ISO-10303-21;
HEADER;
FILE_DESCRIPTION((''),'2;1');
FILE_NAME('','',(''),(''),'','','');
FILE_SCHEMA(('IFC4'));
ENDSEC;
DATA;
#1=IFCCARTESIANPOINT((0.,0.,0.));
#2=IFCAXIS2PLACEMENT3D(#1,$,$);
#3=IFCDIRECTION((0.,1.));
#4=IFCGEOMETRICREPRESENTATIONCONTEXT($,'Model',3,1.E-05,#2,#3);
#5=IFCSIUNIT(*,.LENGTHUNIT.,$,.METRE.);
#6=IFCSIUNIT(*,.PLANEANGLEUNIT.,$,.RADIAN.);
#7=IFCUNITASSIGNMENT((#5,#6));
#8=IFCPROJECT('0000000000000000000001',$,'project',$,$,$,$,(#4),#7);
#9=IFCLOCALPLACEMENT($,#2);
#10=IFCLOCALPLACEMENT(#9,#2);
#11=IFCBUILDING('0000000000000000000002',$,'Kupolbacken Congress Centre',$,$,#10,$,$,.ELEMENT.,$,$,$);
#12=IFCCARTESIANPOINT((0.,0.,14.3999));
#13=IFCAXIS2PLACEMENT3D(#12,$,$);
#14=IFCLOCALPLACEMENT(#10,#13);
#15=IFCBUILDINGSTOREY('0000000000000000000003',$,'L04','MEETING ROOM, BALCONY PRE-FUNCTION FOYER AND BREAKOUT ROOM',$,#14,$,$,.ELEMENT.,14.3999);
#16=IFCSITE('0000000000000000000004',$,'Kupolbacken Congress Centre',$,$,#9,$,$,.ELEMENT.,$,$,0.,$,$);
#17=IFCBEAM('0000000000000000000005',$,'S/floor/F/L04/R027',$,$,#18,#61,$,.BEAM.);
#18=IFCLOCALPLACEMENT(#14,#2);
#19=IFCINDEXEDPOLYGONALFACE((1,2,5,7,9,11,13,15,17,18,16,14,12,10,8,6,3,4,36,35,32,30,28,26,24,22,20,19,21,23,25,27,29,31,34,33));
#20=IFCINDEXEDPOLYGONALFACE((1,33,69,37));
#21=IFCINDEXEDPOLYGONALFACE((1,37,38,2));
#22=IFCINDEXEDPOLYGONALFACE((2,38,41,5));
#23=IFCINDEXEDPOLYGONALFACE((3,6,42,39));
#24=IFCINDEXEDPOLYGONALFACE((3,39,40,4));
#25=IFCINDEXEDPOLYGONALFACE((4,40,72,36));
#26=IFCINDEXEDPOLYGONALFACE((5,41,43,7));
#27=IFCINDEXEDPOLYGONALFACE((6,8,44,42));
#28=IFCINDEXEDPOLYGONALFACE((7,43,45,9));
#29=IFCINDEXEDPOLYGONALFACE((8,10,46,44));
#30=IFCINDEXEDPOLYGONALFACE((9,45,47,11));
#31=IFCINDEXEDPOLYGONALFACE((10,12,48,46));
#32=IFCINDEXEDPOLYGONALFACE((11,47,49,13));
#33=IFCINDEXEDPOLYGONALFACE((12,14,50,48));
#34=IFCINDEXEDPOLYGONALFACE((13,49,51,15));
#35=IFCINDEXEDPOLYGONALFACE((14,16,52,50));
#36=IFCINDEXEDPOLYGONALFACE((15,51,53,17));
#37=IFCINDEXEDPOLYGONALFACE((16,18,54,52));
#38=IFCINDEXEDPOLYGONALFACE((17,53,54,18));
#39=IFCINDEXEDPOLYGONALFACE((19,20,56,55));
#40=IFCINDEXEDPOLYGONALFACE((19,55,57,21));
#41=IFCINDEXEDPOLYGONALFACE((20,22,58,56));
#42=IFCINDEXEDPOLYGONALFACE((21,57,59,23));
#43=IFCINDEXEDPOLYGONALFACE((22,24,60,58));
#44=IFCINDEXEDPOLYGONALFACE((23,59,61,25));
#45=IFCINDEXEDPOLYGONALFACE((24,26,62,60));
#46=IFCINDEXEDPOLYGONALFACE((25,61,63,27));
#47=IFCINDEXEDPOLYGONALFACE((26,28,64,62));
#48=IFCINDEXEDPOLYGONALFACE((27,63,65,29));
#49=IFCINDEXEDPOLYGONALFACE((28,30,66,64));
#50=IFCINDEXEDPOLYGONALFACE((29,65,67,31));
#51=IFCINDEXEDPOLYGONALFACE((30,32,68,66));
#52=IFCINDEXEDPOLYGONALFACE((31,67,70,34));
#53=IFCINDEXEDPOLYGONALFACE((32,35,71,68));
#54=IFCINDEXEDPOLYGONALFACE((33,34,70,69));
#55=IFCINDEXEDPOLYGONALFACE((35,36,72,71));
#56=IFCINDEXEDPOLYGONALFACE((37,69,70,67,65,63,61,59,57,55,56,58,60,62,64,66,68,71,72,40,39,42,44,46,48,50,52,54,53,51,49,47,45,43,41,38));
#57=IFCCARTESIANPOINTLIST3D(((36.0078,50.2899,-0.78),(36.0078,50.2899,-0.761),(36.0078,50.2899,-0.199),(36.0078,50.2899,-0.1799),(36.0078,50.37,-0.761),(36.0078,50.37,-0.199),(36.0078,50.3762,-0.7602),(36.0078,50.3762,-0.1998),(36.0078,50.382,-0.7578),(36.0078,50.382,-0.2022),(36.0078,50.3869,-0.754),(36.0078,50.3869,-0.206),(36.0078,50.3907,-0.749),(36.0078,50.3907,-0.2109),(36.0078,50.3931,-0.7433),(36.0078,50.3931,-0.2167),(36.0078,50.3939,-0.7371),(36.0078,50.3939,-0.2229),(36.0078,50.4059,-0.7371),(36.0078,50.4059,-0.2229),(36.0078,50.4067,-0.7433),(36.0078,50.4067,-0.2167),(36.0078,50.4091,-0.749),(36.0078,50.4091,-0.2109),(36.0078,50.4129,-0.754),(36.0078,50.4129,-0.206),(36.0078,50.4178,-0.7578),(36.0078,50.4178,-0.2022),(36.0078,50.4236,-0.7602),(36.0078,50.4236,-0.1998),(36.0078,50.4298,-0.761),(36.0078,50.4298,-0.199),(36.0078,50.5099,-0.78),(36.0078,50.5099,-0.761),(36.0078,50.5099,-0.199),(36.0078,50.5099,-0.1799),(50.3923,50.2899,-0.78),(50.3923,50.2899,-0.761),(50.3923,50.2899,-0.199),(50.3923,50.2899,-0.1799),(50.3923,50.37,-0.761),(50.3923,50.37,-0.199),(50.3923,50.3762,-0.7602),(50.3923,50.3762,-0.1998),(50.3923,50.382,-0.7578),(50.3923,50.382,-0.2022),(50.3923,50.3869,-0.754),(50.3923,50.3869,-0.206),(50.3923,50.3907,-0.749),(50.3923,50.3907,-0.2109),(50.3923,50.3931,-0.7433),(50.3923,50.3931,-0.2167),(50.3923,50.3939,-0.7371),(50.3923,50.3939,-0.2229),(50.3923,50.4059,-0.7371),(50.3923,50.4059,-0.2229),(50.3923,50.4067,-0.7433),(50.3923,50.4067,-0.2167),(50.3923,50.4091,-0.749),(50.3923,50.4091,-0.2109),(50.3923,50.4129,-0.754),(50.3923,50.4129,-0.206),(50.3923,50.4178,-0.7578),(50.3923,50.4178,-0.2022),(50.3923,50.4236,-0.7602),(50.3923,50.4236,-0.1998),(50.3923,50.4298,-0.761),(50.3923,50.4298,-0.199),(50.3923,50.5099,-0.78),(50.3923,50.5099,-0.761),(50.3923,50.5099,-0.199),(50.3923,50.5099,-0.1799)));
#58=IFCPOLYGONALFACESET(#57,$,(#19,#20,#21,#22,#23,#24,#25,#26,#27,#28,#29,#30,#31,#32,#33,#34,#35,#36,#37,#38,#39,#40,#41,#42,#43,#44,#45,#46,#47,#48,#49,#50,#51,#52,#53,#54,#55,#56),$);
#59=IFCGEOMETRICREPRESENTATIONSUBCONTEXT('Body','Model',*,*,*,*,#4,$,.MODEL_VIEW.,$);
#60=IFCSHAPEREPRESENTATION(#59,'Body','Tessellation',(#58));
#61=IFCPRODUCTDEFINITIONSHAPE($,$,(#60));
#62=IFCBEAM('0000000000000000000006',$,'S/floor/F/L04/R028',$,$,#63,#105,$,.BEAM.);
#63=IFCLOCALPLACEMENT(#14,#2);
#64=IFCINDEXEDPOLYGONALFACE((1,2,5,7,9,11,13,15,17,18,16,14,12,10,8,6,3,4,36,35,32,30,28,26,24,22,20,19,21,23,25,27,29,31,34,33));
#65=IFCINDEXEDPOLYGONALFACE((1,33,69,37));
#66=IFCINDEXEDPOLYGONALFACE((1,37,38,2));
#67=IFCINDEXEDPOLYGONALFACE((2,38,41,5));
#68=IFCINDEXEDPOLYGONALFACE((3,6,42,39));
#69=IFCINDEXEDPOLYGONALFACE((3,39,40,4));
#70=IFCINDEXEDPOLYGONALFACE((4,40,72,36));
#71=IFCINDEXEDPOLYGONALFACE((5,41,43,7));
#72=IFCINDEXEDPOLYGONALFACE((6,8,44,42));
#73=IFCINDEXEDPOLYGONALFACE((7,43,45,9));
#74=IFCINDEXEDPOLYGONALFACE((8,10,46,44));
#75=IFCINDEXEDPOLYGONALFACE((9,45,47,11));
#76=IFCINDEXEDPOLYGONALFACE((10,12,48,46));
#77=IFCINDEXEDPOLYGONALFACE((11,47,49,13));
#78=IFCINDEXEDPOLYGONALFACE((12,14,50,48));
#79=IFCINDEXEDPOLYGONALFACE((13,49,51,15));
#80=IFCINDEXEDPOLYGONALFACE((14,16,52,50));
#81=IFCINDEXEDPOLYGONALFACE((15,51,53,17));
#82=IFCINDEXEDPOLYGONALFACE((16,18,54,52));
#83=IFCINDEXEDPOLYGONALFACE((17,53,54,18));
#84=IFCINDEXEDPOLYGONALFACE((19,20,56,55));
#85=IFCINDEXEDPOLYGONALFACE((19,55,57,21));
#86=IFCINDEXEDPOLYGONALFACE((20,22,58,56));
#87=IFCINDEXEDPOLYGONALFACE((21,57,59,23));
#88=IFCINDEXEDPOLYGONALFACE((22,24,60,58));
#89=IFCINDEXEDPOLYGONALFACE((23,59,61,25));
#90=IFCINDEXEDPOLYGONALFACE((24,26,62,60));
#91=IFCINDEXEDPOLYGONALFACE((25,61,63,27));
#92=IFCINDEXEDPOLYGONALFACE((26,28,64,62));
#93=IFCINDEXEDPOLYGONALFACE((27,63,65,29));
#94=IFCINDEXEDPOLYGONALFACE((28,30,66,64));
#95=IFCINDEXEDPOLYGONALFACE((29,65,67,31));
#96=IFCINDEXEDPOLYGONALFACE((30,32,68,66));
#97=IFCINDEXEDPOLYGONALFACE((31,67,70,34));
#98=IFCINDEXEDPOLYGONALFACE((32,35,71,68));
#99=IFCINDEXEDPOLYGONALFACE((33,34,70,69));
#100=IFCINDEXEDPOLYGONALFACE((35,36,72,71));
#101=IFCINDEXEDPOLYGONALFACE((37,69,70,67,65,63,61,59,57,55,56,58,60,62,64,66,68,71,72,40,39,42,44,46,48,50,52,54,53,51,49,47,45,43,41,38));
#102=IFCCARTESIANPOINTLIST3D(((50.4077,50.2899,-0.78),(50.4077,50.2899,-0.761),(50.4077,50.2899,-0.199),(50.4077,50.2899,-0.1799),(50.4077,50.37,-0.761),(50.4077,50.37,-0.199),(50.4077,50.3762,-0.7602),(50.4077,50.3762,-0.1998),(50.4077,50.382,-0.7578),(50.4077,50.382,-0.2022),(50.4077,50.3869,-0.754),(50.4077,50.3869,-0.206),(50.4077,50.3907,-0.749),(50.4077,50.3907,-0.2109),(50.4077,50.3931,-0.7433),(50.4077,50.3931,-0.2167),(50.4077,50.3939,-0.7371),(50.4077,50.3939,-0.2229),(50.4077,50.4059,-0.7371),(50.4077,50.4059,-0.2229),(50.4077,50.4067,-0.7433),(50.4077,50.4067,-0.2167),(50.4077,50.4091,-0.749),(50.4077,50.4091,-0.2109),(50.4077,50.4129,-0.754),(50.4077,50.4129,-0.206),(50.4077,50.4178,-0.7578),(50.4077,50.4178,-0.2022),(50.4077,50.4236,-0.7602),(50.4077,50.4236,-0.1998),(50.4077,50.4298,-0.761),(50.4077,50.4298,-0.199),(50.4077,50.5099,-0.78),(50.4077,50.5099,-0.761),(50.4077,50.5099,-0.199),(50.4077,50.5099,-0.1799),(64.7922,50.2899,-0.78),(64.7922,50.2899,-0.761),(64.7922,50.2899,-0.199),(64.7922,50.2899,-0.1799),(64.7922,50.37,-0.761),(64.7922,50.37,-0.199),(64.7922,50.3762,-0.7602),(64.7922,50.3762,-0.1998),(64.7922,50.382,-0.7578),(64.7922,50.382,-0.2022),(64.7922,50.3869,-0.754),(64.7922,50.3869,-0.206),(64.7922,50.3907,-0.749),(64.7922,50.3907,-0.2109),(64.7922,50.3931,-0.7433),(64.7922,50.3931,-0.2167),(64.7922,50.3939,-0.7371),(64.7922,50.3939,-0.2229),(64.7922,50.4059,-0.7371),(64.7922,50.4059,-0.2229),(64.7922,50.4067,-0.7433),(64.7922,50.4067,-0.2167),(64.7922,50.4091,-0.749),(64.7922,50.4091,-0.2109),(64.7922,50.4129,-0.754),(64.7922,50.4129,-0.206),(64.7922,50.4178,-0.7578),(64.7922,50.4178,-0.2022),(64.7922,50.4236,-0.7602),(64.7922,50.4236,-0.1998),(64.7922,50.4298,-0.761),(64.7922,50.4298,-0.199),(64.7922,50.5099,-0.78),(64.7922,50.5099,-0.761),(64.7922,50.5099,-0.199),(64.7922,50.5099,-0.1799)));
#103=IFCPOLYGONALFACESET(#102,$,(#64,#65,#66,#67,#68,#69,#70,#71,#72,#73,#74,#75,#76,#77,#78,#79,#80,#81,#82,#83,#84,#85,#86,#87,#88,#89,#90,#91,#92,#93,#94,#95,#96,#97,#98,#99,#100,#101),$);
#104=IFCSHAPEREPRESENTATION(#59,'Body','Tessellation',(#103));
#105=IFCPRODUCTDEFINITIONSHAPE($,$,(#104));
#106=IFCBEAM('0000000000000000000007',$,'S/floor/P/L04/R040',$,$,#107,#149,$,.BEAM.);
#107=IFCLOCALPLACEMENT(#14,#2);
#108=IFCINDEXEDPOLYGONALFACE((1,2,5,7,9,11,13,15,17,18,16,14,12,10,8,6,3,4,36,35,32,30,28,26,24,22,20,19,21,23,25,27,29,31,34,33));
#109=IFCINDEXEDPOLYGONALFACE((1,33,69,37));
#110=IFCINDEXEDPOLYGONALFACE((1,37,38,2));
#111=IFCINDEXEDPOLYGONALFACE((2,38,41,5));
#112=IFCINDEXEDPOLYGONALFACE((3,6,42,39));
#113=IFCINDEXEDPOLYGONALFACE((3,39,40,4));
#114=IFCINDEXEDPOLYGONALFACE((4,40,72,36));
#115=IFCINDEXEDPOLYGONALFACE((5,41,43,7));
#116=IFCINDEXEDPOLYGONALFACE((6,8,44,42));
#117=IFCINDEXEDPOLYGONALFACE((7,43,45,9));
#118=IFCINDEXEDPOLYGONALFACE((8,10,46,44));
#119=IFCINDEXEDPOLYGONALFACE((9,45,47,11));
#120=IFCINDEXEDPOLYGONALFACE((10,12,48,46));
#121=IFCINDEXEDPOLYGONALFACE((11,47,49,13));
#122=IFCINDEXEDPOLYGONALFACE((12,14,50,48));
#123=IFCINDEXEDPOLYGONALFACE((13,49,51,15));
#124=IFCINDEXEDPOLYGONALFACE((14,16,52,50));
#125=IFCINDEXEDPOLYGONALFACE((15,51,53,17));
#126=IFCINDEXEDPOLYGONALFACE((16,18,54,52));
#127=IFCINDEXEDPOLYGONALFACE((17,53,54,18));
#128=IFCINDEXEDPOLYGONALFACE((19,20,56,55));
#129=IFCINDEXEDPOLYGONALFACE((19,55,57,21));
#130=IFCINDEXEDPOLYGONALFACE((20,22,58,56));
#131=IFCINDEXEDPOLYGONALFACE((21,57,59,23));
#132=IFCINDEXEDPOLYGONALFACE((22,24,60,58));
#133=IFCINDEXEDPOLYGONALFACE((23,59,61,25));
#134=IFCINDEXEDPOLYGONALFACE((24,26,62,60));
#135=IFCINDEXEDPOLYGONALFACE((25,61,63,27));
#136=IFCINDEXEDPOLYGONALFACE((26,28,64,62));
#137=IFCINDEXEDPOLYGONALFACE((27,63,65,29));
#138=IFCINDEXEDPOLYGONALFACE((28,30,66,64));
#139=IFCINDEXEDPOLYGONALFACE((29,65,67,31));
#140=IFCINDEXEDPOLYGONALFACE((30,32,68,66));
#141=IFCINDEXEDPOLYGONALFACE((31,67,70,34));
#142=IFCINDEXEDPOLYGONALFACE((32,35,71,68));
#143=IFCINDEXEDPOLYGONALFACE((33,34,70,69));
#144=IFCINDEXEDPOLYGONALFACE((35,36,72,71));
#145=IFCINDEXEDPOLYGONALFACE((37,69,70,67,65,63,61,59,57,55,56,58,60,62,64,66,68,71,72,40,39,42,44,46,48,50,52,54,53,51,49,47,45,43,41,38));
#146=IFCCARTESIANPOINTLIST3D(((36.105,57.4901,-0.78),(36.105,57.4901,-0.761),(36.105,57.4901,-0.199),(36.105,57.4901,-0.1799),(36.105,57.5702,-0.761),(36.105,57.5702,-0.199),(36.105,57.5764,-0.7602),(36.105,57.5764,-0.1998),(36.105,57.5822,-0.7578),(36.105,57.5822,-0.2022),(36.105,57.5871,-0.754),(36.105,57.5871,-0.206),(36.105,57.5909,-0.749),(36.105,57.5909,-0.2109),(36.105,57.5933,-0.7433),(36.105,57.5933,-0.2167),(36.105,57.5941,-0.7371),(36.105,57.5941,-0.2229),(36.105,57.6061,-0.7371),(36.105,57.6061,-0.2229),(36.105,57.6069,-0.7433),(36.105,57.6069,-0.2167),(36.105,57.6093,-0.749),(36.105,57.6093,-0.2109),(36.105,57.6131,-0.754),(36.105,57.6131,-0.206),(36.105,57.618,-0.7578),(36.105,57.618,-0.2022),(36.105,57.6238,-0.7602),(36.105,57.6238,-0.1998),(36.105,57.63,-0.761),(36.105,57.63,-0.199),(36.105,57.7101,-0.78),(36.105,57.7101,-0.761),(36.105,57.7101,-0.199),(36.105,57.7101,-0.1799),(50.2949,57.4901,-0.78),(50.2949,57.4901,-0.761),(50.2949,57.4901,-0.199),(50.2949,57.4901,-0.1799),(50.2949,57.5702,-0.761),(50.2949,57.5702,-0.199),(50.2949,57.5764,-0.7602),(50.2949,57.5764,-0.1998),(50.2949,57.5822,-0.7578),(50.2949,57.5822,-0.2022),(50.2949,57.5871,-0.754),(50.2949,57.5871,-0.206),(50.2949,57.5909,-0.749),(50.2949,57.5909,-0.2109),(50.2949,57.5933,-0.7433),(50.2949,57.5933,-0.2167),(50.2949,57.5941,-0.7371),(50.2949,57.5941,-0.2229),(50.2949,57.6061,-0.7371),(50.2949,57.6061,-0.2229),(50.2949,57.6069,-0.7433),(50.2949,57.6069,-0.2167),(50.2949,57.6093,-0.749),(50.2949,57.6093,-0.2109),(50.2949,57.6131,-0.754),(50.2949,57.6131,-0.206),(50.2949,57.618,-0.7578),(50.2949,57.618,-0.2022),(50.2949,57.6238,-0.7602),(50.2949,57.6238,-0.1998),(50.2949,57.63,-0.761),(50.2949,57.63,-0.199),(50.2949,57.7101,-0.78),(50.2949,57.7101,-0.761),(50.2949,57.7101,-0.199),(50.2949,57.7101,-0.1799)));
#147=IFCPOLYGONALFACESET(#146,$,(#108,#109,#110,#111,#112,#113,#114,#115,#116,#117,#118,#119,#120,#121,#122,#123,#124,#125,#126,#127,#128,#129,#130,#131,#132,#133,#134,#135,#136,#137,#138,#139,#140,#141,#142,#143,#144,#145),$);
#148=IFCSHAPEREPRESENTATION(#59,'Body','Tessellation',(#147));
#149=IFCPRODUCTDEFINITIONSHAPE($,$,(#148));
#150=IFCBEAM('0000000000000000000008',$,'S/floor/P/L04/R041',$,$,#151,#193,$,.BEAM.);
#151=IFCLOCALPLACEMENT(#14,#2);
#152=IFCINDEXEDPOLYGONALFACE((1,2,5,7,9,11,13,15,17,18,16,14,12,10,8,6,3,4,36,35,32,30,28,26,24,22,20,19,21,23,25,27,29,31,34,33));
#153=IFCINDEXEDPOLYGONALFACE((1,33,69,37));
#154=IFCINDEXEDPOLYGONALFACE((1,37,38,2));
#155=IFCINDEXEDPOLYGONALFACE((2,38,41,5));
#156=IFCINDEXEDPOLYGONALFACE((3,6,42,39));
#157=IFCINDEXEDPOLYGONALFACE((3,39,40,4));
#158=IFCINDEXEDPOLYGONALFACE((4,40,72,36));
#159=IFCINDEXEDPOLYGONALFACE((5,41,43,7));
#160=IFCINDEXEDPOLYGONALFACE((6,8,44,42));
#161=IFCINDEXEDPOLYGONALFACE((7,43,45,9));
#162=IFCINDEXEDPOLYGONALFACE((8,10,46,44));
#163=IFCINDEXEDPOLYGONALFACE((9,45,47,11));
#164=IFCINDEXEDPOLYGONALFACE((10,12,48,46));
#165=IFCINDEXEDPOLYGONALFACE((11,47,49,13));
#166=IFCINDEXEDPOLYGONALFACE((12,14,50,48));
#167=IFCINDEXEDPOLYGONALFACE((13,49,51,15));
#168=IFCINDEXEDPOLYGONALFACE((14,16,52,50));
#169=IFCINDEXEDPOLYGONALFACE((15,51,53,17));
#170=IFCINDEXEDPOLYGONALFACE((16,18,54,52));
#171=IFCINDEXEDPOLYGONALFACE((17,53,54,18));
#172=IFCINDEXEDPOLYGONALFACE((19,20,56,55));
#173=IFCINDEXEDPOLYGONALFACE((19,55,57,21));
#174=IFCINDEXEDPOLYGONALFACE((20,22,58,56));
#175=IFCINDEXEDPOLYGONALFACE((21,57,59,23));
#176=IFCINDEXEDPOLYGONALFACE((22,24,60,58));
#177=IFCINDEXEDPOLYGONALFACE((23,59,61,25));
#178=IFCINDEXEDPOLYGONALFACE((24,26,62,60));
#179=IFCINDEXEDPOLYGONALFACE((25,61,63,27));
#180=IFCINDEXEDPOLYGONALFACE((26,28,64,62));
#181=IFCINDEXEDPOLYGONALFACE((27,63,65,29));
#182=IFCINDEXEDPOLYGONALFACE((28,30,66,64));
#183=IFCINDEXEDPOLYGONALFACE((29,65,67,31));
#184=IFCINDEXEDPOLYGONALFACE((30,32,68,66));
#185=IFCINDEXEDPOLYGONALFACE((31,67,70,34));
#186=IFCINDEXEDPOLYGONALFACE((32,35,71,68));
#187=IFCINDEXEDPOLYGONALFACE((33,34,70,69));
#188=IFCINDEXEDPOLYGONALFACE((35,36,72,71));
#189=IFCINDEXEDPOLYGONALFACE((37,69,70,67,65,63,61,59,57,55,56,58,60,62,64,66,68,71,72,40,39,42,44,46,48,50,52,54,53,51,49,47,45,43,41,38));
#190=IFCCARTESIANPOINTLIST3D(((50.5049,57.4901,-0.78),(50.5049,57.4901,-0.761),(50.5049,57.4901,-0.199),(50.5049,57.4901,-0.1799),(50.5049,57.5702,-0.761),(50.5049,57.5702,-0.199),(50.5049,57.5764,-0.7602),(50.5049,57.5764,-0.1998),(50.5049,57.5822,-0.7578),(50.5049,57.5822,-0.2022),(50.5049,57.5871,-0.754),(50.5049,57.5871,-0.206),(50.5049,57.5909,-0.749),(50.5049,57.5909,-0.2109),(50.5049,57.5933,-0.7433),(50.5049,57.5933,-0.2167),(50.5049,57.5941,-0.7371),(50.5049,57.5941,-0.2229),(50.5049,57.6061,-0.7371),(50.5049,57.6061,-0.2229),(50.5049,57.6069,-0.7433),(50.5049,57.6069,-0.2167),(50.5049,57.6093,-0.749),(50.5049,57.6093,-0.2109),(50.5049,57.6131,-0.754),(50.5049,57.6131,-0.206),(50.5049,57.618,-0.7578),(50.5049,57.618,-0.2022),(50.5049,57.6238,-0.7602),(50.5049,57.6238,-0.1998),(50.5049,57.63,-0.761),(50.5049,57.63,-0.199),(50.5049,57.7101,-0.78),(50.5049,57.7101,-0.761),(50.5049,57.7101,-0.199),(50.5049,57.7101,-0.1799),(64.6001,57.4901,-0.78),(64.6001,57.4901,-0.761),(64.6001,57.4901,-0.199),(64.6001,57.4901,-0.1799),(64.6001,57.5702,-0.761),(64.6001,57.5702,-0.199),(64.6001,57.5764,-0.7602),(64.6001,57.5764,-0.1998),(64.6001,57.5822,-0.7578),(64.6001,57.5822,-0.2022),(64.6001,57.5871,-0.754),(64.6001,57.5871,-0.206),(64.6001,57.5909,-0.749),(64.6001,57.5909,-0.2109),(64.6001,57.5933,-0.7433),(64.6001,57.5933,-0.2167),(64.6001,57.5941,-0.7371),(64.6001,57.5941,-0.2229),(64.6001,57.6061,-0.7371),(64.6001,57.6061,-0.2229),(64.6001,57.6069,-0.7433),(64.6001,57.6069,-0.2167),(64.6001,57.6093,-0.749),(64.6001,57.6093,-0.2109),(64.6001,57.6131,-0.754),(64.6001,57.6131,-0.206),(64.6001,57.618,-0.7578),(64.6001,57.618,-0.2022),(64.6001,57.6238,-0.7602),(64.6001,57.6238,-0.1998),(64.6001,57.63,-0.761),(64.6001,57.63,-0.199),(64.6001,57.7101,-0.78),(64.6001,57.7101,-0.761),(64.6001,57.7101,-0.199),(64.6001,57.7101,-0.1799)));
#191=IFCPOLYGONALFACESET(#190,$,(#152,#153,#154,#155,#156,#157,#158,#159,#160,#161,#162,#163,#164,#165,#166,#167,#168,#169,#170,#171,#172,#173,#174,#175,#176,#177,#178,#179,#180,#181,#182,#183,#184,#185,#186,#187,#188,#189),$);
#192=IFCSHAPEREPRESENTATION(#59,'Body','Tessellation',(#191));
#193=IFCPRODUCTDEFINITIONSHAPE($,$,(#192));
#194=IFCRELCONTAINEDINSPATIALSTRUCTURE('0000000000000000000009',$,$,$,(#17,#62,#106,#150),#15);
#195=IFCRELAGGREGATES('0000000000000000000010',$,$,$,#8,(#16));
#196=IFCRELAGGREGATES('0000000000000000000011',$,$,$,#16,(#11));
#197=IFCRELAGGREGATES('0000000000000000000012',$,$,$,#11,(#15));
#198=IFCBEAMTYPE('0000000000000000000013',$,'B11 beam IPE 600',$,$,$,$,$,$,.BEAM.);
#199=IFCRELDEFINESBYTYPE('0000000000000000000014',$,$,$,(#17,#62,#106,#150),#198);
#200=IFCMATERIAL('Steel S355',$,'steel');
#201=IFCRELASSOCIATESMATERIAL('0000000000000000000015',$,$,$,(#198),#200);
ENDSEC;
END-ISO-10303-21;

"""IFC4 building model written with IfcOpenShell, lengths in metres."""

from ifc_helpers import new_model, si_unit, direction, frame, origin, origin_2d, place, context, subcontext, project, spatial, i_section, extrude, material, material_profile, profile_set, type_object, element, save


model = new_model("IFC4")

# Units and contexts
model_context = context("Model", 3, precision=1e-05, world=origin(), true_north=direction((0.0, 1.0)))
body_context = subcontext(model_context, "Body", "Model", "MODEL_VIEW")
ifc_project = project(units=[si_unit("LENGTHUNIT", "METRE"), si_unit("PLANEANGLEUNIT", "RADIAN")], contexts=[model_context])

# Site, building, storey
site_placement = place(None, origin())
site = spatial("IfcSite", under=ifc_project, at=site_placement, Name="Kupolbacken Congress Centre", CompositionType="ELEMENT", RefElevation=0.0)
building_placement = place(site_placement, origin())
building = spatial("IfcBuilding", under=site, at=building_placement, Name="Kupolbacken Congress Centre", CompositionType="ELEMENT")
storey_placement = place(building_placement, frame((0.0, 0.0, 14.3999)))
storey = spatial("IfcBuildingStorey", under=building, at=storey_placement, Name="L04", Description="MEETING ROOM, BALCONY PRE-FUNCTION FOYER AND BREAKOUT ROOM", CompositionType="ELEMENT", Elevation=14.3999)

# Beams
ifc_material_1 = material(Name="Steel S355", Category="steel")
ifc_material_profile_1 = material_profile(ifc_material_1, i_section(OverallWidth=0.22, OverallDepth=0.6001, WebThickness=0.012, FlangeThickness=0.019, FilletRadius=0.0239, at=origin_2d()), Name="IPE 600")
ifc_profile_set_1 = profile_set([ifc_material_profile_1], Name="Steel S355")
beam_type_1 = type_object("IfcBeamType", Name="B11 beam IPE 600", PredefinedType="BEAM", material=ifc_profile_set_1)
for number, where, z_axis, x_axis, name in (
    (1, (36.0078, 50.3999, -0.48), (1.0, 0.0, 0.0), (0.0, 1.0, 0.0), "S/floor/F/L04/R027"),
    (2, (50.4077, 50.3999, -0.48), (1.0, 0.0, 0.0), (0.0, 1.0, 0.0), "S/floor/F/L04/R028"),
):
    element("IfcBeam", number, at=place(storey_placement, frame(where, z_axis=z_axis, x_axis=x_axis)), inside=storey, type_object=beam_type_1, Name=name, PredefinedType="BEAM", context=body_context, shape_type="SweptSolid", body=[
        extrude(i_section(OverallWidth=0.22, OverallDepth=0.6001, WebThickness=0.012, FlangeThickness=0.019, FilletRadius=0.0239, at=origin_2d()), origin(), (0.0, 0.0, 1.0), 14.3845),
    ])
beam_1_placement = place(storey_placement, frame((36.105, 57.6001, -0.48), z_axis=(1.0, 0.0, 0.0), x_axis=(0.0, 1.0, 0.0)))
element("IfcBeam", 3, at=beam_1_placement, inside=storey, type_object=beam_type_1, Name="S/floor/P/L04/R040", PredefinedType="BEAM", context=body_context, shape_type="SweptSolid", body=[
    extrude(i_section(OverallWidth=0.22, OverallDepth=0.6001, WebThickness=0.012, FlangeThickness=0.019, FilletRadius=0.0239, at=origin_2d()), origin(), (0.0, 0.0, 1.0), 14.1899),
])
beam_2_placement = place(storey_placement, frame((50.5049, 57.6001, -0.48), z_axis=(1.0, 0.0, 0.0), x_axis=(0.0, 1.0, 0.0)))
element("IfcBeam", 4, at=beam_2_placement, inside=storey, type_object=beam_type_1, Name="S/floor/P/L04/R041", PredefinedType="BEAM", context=body_context, shape_type="SweptSolid", body=[
    extrude(i_section(OverallWidth=0.22, OverallDepth=0.6001, WebThickness=0.012, FlangeThickness=0.019, FilletRadius=0.0239, at=origin_2d()), origin(), (0.0, 0.0, 1.0), 14.0952),
])

save(model, "model.ifc")
